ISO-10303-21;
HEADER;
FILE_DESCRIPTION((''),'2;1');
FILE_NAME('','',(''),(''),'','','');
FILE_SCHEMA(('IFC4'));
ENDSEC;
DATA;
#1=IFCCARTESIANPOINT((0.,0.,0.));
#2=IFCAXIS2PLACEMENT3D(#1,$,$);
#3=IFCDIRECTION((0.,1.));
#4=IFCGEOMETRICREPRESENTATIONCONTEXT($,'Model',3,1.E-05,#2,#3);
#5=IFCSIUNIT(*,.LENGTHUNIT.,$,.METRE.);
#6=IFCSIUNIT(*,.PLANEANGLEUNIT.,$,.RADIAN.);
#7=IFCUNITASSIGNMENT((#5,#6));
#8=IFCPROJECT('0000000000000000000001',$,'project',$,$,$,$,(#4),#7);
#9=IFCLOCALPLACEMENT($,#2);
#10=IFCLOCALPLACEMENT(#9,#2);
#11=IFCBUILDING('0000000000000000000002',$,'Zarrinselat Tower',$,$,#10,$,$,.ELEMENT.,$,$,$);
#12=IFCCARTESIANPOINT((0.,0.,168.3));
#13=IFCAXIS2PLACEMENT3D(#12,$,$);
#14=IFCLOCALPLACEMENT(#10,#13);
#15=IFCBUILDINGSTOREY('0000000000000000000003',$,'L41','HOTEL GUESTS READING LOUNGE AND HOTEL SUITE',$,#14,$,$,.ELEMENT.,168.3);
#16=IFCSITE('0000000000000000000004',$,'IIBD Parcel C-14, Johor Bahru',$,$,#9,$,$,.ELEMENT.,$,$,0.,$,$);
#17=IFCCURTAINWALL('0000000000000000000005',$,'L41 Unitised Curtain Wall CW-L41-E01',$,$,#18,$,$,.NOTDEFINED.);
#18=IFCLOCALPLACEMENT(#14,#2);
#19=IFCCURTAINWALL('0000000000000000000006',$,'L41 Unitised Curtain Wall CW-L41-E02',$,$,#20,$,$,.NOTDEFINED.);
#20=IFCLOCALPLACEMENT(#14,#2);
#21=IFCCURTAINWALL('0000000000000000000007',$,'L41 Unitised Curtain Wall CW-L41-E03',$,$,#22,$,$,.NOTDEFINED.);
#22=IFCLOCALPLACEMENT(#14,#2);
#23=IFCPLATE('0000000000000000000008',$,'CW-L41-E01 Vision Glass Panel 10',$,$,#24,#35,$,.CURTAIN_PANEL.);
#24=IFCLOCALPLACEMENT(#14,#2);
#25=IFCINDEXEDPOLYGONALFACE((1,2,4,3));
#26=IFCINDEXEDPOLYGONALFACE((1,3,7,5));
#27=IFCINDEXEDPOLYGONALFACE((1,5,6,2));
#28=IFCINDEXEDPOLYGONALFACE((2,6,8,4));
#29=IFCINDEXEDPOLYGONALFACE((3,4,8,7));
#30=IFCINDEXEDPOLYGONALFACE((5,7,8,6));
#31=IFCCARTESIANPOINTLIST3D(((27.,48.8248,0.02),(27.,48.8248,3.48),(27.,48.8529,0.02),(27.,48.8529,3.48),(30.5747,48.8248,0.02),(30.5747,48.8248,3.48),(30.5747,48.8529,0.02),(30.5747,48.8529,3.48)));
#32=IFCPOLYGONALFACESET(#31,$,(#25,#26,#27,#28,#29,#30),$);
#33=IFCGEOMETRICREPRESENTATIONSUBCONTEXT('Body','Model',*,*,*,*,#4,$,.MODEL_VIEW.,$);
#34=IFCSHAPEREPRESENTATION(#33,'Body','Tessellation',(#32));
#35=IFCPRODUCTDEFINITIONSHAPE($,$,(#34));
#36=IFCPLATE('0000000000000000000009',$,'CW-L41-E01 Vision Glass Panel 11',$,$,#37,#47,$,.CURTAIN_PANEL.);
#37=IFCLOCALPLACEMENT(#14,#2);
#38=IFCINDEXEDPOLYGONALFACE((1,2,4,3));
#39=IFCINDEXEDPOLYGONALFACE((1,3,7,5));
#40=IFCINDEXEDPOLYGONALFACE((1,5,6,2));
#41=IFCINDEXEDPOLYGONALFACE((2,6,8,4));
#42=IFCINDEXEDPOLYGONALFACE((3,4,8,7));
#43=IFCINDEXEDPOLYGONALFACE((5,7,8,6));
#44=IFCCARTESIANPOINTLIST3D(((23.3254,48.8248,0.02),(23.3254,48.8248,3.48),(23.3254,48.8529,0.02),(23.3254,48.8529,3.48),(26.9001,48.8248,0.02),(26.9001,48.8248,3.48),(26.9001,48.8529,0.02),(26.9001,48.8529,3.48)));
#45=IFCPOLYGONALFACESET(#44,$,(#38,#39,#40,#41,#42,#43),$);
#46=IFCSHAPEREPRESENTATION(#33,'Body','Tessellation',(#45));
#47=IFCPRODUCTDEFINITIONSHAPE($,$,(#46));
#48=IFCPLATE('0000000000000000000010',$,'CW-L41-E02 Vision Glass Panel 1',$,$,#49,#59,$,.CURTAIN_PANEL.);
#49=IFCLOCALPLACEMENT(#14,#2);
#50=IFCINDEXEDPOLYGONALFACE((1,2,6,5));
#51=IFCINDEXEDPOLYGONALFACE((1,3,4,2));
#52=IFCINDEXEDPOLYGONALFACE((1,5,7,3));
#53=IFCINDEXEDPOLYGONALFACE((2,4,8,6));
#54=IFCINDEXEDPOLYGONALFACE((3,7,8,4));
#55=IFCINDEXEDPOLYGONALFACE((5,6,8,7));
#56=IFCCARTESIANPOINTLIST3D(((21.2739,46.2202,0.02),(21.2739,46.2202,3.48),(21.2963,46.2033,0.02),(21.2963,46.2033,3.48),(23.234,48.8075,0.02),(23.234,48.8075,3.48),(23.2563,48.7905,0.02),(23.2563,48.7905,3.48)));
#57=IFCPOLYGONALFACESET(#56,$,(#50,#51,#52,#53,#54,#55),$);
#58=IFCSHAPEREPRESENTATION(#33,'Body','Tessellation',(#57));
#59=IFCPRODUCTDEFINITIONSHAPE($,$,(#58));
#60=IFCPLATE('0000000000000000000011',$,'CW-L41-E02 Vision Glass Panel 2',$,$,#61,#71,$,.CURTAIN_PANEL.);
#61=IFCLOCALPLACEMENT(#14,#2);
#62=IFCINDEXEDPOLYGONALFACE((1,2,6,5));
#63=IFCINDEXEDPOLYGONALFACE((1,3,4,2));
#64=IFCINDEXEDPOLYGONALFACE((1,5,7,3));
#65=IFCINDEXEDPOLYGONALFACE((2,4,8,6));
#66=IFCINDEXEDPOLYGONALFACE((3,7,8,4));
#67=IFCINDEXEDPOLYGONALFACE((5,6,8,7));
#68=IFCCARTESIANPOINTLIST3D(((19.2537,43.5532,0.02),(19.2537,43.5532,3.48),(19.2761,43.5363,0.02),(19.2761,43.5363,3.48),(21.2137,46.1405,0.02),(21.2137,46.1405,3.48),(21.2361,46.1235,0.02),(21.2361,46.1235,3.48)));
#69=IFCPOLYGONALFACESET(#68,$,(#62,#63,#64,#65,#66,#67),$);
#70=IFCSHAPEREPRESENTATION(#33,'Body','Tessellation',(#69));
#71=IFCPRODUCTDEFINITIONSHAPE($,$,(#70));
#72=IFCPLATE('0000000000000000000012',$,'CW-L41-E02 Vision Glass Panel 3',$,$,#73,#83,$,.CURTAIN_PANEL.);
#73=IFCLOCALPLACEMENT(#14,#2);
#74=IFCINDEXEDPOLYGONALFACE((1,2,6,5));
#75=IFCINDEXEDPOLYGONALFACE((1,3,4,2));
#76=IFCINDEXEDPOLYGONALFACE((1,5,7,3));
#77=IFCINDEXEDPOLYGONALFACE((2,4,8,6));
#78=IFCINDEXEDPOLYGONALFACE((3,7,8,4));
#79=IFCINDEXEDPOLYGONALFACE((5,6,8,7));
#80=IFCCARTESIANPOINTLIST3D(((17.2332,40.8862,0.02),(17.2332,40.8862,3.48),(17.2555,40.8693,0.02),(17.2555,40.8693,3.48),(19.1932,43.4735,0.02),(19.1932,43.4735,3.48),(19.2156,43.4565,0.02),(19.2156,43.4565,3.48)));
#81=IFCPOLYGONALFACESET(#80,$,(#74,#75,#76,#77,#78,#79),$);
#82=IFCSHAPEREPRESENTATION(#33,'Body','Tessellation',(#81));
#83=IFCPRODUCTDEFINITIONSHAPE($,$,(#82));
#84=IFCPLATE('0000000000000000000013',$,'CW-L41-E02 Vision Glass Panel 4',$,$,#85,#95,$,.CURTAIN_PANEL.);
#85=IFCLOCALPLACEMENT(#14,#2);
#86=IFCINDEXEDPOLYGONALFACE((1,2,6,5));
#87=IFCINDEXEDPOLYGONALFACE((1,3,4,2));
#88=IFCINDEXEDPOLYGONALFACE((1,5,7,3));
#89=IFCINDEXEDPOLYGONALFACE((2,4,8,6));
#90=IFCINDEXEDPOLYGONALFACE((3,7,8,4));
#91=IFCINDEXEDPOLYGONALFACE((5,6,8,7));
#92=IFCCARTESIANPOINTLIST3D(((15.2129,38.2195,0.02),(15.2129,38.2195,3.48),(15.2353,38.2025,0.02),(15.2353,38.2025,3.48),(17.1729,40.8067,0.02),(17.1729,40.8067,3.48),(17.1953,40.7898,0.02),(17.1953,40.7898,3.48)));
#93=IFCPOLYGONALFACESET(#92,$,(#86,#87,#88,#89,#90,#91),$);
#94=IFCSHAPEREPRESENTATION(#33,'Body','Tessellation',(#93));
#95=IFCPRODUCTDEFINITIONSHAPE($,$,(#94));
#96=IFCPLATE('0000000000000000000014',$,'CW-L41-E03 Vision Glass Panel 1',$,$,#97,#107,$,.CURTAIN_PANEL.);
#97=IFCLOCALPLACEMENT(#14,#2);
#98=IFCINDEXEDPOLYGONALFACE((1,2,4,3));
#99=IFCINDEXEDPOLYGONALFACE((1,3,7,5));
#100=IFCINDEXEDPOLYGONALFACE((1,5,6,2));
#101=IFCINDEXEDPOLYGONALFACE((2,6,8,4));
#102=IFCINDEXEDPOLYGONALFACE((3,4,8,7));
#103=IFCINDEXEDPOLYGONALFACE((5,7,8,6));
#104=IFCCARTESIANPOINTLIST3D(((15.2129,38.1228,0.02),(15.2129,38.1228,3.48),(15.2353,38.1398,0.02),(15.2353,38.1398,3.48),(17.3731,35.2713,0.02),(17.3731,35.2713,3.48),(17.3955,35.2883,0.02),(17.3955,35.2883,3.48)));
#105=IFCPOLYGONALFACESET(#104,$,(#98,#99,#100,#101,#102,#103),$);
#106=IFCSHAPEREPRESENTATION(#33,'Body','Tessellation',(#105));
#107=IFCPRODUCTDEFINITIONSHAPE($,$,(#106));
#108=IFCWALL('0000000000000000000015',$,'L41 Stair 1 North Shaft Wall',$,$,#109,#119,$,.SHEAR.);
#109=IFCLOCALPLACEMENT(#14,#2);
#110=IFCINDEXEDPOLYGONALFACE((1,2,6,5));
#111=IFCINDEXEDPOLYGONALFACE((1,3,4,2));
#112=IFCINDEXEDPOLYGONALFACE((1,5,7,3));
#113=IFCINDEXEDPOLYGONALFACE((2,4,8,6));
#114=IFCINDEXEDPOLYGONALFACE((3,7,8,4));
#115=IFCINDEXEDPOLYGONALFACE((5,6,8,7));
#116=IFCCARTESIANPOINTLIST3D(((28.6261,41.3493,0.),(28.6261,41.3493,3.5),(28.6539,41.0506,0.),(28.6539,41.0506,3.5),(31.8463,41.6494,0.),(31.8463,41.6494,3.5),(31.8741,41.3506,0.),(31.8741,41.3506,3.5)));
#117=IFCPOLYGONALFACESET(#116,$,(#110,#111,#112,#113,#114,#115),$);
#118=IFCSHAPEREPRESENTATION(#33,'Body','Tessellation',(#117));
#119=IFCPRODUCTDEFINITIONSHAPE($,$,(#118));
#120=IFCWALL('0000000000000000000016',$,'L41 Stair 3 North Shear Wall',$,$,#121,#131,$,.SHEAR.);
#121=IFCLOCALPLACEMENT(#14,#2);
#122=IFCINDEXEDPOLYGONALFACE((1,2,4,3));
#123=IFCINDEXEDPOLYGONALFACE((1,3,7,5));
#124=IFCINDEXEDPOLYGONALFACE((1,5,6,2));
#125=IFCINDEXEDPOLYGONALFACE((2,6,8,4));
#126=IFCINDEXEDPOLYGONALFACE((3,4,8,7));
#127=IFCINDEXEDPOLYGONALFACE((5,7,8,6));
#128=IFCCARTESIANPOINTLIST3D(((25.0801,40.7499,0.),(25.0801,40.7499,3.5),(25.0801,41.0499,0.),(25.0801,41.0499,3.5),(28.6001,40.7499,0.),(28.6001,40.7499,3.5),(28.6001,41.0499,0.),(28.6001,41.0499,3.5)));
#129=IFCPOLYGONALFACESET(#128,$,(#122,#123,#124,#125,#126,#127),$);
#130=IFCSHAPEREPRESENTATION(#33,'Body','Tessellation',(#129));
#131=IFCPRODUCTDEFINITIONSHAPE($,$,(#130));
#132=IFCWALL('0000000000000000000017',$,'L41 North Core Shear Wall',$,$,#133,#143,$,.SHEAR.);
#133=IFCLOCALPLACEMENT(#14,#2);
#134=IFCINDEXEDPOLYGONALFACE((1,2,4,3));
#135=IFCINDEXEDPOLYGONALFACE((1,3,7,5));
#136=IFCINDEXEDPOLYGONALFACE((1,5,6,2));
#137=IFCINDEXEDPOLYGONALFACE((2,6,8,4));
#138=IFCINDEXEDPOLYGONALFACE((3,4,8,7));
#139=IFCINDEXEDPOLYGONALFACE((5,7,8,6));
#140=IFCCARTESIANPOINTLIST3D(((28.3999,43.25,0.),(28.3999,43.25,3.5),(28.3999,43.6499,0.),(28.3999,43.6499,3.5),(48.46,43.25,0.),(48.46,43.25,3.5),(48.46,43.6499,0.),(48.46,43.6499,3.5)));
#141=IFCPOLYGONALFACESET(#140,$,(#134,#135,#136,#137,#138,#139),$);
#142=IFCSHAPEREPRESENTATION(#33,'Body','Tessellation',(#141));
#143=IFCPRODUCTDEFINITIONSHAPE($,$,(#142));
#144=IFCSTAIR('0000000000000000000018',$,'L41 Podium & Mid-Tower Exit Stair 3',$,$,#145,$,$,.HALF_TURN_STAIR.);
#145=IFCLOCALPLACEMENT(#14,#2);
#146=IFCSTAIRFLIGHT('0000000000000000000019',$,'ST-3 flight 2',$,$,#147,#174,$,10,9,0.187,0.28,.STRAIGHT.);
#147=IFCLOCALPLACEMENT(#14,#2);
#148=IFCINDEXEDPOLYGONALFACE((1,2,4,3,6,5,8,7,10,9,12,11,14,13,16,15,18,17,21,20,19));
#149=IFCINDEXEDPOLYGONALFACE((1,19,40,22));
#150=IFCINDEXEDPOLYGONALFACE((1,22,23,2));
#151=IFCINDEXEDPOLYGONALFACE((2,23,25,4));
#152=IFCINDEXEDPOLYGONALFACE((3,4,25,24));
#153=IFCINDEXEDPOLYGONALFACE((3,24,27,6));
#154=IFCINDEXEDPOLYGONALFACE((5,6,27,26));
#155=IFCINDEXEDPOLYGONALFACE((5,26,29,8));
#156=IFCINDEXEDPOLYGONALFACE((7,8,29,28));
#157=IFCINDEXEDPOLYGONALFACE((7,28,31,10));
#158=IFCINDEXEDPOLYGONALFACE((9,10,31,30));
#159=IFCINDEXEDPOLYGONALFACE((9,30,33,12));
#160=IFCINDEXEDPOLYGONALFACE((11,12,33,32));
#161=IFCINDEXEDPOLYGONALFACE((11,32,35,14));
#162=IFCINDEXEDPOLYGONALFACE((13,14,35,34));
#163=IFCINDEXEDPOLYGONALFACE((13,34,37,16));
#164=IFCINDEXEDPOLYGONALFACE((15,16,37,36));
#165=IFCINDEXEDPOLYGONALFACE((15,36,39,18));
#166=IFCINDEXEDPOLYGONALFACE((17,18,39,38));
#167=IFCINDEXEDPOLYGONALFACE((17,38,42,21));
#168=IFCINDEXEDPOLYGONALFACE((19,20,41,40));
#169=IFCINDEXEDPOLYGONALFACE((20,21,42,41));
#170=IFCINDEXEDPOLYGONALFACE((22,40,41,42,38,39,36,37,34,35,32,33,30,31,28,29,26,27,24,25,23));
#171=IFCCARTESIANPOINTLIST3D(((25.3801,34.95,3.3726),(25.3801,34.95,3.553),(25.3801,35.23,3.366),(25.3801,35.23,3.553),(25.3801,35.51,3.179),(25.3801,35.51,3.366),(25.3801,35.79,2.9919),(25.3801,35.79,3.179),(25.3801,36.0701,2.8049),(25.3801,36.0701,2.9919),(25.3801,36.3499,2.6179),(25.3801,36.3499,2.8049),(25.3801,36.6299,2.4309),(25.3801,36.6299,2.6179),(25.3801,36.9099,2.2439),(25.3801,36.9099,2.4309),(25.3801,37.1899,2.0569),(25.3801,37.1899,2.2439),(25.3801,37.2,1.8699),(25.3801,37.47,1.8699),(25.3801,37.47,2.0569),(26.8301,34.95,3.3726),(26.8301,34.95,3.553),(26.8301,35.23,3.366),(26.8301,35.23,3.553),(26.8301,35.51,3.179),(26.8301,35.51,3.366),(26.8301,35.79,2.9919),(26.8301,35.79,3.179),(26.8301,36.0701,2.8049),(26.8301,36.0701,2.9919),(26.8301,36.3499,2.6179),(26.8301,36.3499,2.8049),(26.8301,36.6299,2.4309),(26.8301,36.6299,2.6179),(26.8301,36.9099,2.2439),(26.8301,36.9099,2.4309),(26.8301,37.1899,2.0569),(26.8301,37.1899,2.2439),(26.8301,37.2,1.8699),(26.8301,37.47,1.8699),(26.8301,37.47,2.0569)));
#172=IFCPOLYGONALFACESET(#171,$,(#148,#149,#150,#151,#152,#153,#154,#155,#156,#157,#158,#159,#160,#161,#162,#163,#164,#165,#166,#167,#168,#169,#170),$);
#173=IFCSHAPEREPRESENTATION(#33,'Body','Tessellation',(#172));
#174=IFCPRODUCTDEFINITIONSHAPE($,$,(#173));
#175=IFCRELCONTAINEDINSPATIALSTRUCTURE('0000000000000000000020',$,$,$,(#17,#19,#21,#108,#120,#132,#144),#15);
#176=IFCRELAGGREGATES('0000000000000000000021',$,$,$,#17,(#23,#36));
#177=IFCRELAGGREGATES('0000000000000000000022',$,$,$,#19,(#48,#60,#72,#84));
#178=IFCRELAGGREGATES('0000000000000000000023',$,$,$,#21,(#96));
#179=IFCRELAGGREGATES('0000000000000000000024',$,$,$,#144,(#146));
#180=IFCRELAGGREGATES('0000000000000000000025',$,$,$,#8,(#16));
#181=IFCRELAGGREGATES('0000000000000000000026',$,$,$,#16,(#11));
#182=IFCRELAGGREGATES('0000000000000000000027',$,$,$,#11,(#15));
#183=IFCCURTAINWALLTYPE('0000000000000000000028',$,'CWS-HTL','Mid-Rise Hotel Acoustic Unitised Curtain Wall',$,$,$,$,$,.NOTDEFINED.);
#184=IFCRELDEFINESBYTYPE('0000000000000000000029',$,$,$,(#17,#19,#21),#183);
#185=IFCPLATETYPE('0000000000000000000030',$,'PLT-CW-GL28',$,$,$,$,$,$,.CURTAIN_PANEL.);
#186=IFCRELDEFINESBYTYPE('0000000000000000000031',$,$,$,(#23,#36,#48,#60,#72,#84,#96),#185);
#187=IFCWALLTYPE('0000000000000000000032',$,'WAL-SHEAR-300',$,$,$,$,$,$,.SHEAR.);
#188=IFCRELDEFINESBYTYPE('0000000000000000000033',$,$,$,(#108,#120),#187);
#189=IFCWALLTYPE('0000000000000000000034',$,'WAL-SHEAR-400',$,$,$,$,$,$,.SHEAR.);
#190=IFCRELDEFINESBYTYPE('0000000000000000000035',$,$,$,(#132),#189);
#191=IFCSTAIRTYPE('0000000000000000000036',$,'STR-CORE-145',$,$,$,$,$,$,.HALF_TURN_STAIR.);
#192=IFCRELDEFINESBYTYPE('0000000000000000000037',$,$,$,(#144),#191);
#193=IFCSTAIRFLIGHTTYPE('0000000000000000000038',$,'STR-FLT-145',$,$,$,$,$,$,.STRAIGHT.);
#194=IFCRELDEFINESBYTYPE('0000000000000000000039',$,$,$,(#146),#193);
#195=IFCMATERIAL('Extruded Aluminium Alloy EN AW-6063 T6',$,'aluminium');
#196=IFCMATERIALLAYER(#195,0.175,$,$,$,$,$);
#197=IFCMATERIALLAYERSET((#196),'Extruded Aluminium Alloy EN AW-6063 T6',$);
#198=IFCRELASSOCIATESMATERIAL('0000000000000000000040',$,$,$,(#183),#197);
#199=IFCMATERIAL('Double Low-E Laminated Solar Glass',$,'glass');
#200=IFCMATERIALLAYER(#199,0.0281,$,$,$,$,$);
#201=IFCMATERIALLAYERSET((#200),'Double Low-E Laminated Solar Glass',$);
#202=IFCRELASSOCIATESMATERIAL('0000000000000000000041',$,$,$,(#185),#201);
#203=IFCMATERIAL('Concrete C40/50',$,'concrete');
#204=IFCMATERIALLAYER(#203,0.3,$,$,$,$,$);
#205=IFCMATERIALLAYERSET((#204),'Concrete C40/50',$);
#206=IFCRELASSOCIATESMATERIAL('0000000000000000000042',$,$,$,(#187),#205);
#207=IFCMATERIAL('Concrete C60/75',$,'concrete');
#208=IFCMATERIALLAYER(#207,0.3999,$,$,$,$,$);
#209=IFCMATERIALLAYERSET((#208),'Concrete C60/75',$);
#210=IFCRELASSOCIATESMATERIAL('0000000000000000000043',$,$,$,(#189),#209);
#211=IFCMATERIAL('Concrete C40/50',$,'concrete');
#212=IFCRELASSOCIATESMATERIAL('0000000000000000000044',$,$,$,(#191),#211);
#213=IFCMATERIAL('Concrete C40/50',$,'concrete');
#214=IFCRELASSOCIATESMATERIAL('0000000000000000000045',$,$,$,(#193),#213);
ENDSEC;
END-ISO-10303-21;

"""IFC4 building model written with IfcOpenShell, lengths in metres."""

from ifc_helpers import new_model, si_unit, direction, frame, frame_2d, origin, origin_2d, place, context, subcontext, project, spatial, polyline, rectangle, outline, extrude, material, layer, layer_set, type_object, element, aggregate, save


model = new_model("IFC4")

# Units and contexts
model_context = context("Model", 3, precision=1e-05, world=origin(), true_north=direction((0.0, 1.0)))
body_context = subcontext(model_context, "Body", "Model", "MODEL_VIEW")
ifc_project = project(units=[si_unit("LENGTHUNIT", "METRE"), si_unit("PLANEANGLEUNIT", "RADIAN")], contexts=[model_context])

# Site, building, storey
site_placement = place(None, origin())
site = spatial("IfcSite", under=ifc_project, at=site_placement, Name="IIBD Parcel C-14, Johor Bahru", CompositionType="ELEMENT", RefElevation=0.0)
building_placement = place(site_placement, origin())
building = spatial("IfcBuilding", under=site, at=building_placement, Name="Zarrinselat Tower", CompositionType="ELEMENT")
storey_placement = place(building_placement, frame((0.0, 0.0, 168.3)))
storey = spatial("IfcBuildingStorey", under=building, at=storey_placement, Name="L41", Description="HOTEL GUESTS READING LOUNGE AND HOTEL SUITE", CompositionType="ELEMENT", Elevation=168.3)

# Curtain walls
ifc_material_1 = material(Name="Extruded Aluminium Alloy EN AW-6063 T6", Category="aluminium")
ifc_layer_1 = layer(ifc_material_1, 0.175)
ifc_layer_set_1 = layer_set([ifc_layer_1], Name="Extruded Aluminium Alloy EN AW-6063 T6")
curtain_wall_type = type_object("IfcCurtainWallType", Name="CWS-HTL", Description="Mid-Rise Hotel Acoustic Unitised Curtain Wall", PredefinedType="NOTDEFINED", material=ifc_layer_set_1)
curtain_wall_1_placement = place(storey_placement, origin())
curtain_wall_1 = element("IfcCurtainWall", 1, at=curtain_wall_1_placement, inside=storey, type_object=curtain_wall_type, Name="L41 Unitised Curtain Wall CW-L41-E01", PredefinedType="NOTDEFINED")
curtain_wall_2_placement = place(storey_placement, origin())
curtain_wall_2 = element("IfcCurtainWall", 2, at=curtain_wall_2_placement, inside=storey, type_object=curtain_wall_type, Name="L41 Unitised Curtain Wall CW-L41-E02", PredefinedType="NOTDEFINED")

# Curtain wall
curtain_wall_3_placement = place(storey_placement, origin())
curtain_wall_3 = element("IfcCurtainWall", 3, at=curtain_wall_3_placement, inside=storey, type_object=curtain_wall_type, Name="L41 Unitised Curtain Wall CW-L41-E03", PredefinedType="NOTDEFINED")

# Plates
ifc_material_2 = material(Name="Double Low-E Laminated Solar Glass", Category="glass")
ifc_layer_2 = layer(ifc_material_2, 0.0281)
ifc_layer_set_2 = layer_set([ifc_layer_2], Name="Double Low-E Laminated Solar Glass")
plate_type = type_object("IfcPlateType", Name="PLT-CW-GL28", PredefinedType="CURTAIN_PANEL", material=ifc_layer_set_2)
plate_1_placement = place(storey_placement, frame((28.7874, 48.8389, 0.02), z_axis=(0.0, 0.0, 1.0), x_axis=(-1.0, 0.0, 0.0)))
plate_1 = element("IfcPlate", 4, at=plate_1_placement, type_object=plate_type, Name="CW-L41-E01 Vision Glass Panel 10", PredefinedType="CURTAIN_PANEL", context=body_context, shape_type="SweptSolid", body=[
    extrude(rectangle(XDim=3.5747, YDim=0.0281, at=origin_2d()), origin(), (0.0, 0.0, 1.0), 3.46),
])
plate_2_placement = place(storey_placement, frame((25.1128, 48.8389, 0.02), z_axis=(0.0, 0.0, 1.0), x_axis=(-1.0, 0.0, 0.0)))
plate_2 = element("IfcPlate", 5, at=plate_2_placement, type_object=plate_type, Name="CW-L41-E01 Vision Glass Panel 11", PredefinedType="CURTAIN_PANEL", context=body_context, shape_type="SweptSolid", body=[
    extrude(rectangle(XDim=3.5747, YDim=0.0281, at=origin_2d()), origin(), (0.0, 0.0, 1.0), 3.46),
])
aggregate(curtain_wall_1, [plate_1, plate_2])
plate_3_placement = place(storey_placement, frame((22.2651, 47.5054, 0.02), z_axis=(0.0, 0.0, 1.0), x_axis=(-0.603855, -0.797095, 0.0)))
plate_3 = element("IfcPlate", 6, at=plate_3_placement, type_object=plate_type, Name="CW-L41-E02 Vision Glass Panel 1", PredefinedType="CURTAIN_PANEL", context=body_context, shape_type="SweptSolid", body=[
    extrude(rectangle(XDim=3.2458, YDim=0.0281, at=origin_2d()), origin(), (0.0, 0.0, 1.0), 3.46),
])
plate_4_placement = place(storey_placement, frame((20.2449, 44.8384, 0.02), z_axis=(0.0, 0.0, 1.0), x_axis=(-0.603855, -0.797095, 0.0)))
plate_4 = element("IfcPlate", 7, at=plate_4_placement, type_object=plate_type, Name="CW-L41-E02 Vision Glass Panel 2", PredefinedType="CURTAIN_PANEL", context=body_context, shape_type="SweptSolid", body=[
    extrude(rectangle(XDim=3.2458, YDim=0.0281, at=origin_2d()), origin(), (0.0, 0.0, 1.0), 3.46),
])
plate_5_placement = place(storey_placement, frame((18.2244, 42.1714, 0.02), z_axis=(0.0, 0.0, 1.0), x_axis=(-0.603855, -0.797095, 0.0)))
plate_5 = element("IfcPlate", 8, at=plate_5_placement, type_object=plate_type, Name="CW-L41-E02 Vision Glass Panel 3", PredefinedType="CURTAIN_PANEL", context=body_context, shape_type="SweptSolid", body=[
    extrude(rectangle(XDim=3.2458, YDim=0.0281, at=origin_2d()), origin(), (0.0, 0.0, 1.0), 3.46),
])
plate_6_placement = place(storey_placement, frame((16.2041, 39.5046, 0.02), z_axis=(0.0, 0.0, 1.0), x_axis=(-0.603855, -0.797095, 0.0)))
plate_6 = element("IfcPlate", 9, at=plate_6_placement, type_object=plate_type, Name="CW-L41-E02 Vision Glass Panel 4", PredefinedType="CURTAIN_PANEL", context=body_context, shape_type="SweptSolid", body=[
    extrude(rectangle(XDim=3.2458, YDim=0.0281, at=origin_2d()), origin(), (0.0, 0.0, 1.0), 3.46),
])
aggregate(curtain_wall_2, [plate_3, plate_4, plate_5, plate_6])
plate_7_placement = place(storey_placement, frame((16.3042, 36.7056, 0.02), z_axis=(0.0, 0.0, 1.0), x_axis=(0.603858, -0.797092, 0.0)))
plate_7 = element("IfcPlate", 10, at=plate_7_placement, type_object=plate_type, Name="CW-L41-E03 Vision Glass Panel 1", PredefinedType="CURTAIN_PANEL", context=body_context, shape_type="SweptSolid", body=[
    extrude(rectangle(XDim=3.5774, YDim=0.0281, at=origin_2d()), origin(), (0.0, 0.0, 1.0), 3.46),
])
aggregate(curtain_wall_3, [plate_7])

# Walls
ifc_material_3 = material(Name="Concrete C40/50", Category="concrete")
ifc_layer_3 = layer(ifc_material_3, 0.3)
ifc_layer_set_3 = layer_set([ifc_layer_3], Name="Concrete C40/50")
wall_type_1 = type_object("IfcWallType", Name="WAL-SHEAR-300", PredefinedType="SHEAR", material=ifc_layer_set_3)
wall_1_placement = place(storey_placement, frame((28.6399, 41.2, 0.0), z_axis=(0.0, 0.0, 1.0), x_axis=(0.995687, 0.092775, 0.0)))
element("IfcWall", 11, at=wall_1_placement, inside=storey, type_object=wall_type_1, Name="L41 Stair 1 North Shaft Wall", PredefinedType="SHEAR", context=body_context, shape_type="SweptSolid", body=[
    extrude(rectangle(XDim=3.2341, YDim=0.3, at=frame_2d((1.6172, 0.0))), origin(), (0.0, 0.0, 1.0), 3.5),
])
wall_2_placement = place(storey_placement, frame((25.0801, 40.8999, 0.0), z_axis=(0.0, 0.0, 1.0), x_axis=(1.0, 0.0, 0.0)))
element("IfcWall", 12, at=wall_2_placement, inside=storey, type_object=wall_type_1, Name="L41 Stair 3 North Shear Wall", PredefinedType="SHEAR", context=body_context, shape_type="SweptSolid", body=[
    extrude(rectangle(XDim=3.52, YDim=0.3, at=frame_2d((1.76, 0.0))), origin(), (0.0, 0.0, 1.0), 3.5),
])
ifc_material_4 = material(Name="Concrete C60/75", Category="concrete")
ifc_layer_4 = layer(ifc_material_4, 0.3999)
ifc_layer_set_4 = layer_set([ifc_layer_4], Name="Concrete C60/75")
wall_type_2 = type_object("IfcWallType", Name="WAL-SHEAR-400", PredefinedType="SHEAR", material=ifc_layer_set_4)
wall_3_placement = place(storey_placement, frame((28.3999, 43.45, 0.0), z_axis=(0.0, 0.0, 1.0), x_axis=(1.0, 0.0, 0.0)))
element("IfcWall", 13, at=wall_3_placement, inside=storey, type_object=wall_type_2, Name="L41 North Core Shear Wall", PredefinedType="SHEAR", context=body_context, shape_type="SweptSolid", body=[
    extrude(rectangle(XDim=20.0601, YDim=0.3999, at=frame_2d((10.03, 0.0))), origin(), (0.0, 0.0, 1.0), 3.5),
])

# Stair, stair flight
ifc_material_5 = material(Name="Concrete C40/50", Category="concrete")
stair_type = type_object("IfcStairType", Name="STR-CORE-145", PredefinedType="HALF_TURN_STAIR", material=ifc_material_5)
stair_placement = place(storey_placement, origin())
stair = element("IfcStair", 14, at=stair_placement, inside=storey, type_object=stair_type, Name="L41 Podium & Mid-Tower Exit Stair 3", PredefinedType="HALF_TURN_STAIR")
ifc_material_6 = material(Name="Concrete C40/50", Category="concrete")
stair_flight_type = type_object("IfcStairFlightType", Name="STR-FLT-145", PredefinedType="STRAIGHT", material=ifc_material_6)
stair_flight_placement = place(storey_placement, frame((26.105, 37.47, 1.8699), z_axis=(0.0, 0.0, 1.0), x_axis=(0.0, -1.0, 0.0)))
stair_flight = element("IfcStairFlight", 15, at=stair_flight_placement, type_object=stair_flight_type, Name="ST-3 flight 2", NumberOfRisers=10, NumberOfTreads=9, PredefinedType="STRAIGHT", RiserHeight=0.187, TreadLength=0.28, context=body_context, shape_type="SweptSolid", body=[
    extrude(outline(polyline([(0.0, 0.0), (0.0, 0.187), (0.28, 0.187), (0.28, 0.374), (0.5601, 0.374), (0.5601, 0.561), (0.8401, 0.561), (0.8401, 0.748), (1.1201, 0.748), (1.1201, 0.9351), (1.3999, 0.9351), (1.3999, 1.1221), (1.6799, 1.1221), (1.6799, 1.3091), (1.96, 1.3091), (1.96, 1.4961), (2.24, 1.4961), (2.24, 1.6831), (2.52, 1.6831), (2.52, 1.8701), (2.52, 1.5027), (0.27, 0.0), (0.0, 0.0)])), frame((0.0, 0.7251, 0.0), z_axis=(0.0, -1.0, 0.0), x_axis=(1.0, 0.0, 0.0)), (0.0, 0.0, 1.0), 1.45),
])
aggregate(stair, [stair_flight])

save(model, "model.ifc")
